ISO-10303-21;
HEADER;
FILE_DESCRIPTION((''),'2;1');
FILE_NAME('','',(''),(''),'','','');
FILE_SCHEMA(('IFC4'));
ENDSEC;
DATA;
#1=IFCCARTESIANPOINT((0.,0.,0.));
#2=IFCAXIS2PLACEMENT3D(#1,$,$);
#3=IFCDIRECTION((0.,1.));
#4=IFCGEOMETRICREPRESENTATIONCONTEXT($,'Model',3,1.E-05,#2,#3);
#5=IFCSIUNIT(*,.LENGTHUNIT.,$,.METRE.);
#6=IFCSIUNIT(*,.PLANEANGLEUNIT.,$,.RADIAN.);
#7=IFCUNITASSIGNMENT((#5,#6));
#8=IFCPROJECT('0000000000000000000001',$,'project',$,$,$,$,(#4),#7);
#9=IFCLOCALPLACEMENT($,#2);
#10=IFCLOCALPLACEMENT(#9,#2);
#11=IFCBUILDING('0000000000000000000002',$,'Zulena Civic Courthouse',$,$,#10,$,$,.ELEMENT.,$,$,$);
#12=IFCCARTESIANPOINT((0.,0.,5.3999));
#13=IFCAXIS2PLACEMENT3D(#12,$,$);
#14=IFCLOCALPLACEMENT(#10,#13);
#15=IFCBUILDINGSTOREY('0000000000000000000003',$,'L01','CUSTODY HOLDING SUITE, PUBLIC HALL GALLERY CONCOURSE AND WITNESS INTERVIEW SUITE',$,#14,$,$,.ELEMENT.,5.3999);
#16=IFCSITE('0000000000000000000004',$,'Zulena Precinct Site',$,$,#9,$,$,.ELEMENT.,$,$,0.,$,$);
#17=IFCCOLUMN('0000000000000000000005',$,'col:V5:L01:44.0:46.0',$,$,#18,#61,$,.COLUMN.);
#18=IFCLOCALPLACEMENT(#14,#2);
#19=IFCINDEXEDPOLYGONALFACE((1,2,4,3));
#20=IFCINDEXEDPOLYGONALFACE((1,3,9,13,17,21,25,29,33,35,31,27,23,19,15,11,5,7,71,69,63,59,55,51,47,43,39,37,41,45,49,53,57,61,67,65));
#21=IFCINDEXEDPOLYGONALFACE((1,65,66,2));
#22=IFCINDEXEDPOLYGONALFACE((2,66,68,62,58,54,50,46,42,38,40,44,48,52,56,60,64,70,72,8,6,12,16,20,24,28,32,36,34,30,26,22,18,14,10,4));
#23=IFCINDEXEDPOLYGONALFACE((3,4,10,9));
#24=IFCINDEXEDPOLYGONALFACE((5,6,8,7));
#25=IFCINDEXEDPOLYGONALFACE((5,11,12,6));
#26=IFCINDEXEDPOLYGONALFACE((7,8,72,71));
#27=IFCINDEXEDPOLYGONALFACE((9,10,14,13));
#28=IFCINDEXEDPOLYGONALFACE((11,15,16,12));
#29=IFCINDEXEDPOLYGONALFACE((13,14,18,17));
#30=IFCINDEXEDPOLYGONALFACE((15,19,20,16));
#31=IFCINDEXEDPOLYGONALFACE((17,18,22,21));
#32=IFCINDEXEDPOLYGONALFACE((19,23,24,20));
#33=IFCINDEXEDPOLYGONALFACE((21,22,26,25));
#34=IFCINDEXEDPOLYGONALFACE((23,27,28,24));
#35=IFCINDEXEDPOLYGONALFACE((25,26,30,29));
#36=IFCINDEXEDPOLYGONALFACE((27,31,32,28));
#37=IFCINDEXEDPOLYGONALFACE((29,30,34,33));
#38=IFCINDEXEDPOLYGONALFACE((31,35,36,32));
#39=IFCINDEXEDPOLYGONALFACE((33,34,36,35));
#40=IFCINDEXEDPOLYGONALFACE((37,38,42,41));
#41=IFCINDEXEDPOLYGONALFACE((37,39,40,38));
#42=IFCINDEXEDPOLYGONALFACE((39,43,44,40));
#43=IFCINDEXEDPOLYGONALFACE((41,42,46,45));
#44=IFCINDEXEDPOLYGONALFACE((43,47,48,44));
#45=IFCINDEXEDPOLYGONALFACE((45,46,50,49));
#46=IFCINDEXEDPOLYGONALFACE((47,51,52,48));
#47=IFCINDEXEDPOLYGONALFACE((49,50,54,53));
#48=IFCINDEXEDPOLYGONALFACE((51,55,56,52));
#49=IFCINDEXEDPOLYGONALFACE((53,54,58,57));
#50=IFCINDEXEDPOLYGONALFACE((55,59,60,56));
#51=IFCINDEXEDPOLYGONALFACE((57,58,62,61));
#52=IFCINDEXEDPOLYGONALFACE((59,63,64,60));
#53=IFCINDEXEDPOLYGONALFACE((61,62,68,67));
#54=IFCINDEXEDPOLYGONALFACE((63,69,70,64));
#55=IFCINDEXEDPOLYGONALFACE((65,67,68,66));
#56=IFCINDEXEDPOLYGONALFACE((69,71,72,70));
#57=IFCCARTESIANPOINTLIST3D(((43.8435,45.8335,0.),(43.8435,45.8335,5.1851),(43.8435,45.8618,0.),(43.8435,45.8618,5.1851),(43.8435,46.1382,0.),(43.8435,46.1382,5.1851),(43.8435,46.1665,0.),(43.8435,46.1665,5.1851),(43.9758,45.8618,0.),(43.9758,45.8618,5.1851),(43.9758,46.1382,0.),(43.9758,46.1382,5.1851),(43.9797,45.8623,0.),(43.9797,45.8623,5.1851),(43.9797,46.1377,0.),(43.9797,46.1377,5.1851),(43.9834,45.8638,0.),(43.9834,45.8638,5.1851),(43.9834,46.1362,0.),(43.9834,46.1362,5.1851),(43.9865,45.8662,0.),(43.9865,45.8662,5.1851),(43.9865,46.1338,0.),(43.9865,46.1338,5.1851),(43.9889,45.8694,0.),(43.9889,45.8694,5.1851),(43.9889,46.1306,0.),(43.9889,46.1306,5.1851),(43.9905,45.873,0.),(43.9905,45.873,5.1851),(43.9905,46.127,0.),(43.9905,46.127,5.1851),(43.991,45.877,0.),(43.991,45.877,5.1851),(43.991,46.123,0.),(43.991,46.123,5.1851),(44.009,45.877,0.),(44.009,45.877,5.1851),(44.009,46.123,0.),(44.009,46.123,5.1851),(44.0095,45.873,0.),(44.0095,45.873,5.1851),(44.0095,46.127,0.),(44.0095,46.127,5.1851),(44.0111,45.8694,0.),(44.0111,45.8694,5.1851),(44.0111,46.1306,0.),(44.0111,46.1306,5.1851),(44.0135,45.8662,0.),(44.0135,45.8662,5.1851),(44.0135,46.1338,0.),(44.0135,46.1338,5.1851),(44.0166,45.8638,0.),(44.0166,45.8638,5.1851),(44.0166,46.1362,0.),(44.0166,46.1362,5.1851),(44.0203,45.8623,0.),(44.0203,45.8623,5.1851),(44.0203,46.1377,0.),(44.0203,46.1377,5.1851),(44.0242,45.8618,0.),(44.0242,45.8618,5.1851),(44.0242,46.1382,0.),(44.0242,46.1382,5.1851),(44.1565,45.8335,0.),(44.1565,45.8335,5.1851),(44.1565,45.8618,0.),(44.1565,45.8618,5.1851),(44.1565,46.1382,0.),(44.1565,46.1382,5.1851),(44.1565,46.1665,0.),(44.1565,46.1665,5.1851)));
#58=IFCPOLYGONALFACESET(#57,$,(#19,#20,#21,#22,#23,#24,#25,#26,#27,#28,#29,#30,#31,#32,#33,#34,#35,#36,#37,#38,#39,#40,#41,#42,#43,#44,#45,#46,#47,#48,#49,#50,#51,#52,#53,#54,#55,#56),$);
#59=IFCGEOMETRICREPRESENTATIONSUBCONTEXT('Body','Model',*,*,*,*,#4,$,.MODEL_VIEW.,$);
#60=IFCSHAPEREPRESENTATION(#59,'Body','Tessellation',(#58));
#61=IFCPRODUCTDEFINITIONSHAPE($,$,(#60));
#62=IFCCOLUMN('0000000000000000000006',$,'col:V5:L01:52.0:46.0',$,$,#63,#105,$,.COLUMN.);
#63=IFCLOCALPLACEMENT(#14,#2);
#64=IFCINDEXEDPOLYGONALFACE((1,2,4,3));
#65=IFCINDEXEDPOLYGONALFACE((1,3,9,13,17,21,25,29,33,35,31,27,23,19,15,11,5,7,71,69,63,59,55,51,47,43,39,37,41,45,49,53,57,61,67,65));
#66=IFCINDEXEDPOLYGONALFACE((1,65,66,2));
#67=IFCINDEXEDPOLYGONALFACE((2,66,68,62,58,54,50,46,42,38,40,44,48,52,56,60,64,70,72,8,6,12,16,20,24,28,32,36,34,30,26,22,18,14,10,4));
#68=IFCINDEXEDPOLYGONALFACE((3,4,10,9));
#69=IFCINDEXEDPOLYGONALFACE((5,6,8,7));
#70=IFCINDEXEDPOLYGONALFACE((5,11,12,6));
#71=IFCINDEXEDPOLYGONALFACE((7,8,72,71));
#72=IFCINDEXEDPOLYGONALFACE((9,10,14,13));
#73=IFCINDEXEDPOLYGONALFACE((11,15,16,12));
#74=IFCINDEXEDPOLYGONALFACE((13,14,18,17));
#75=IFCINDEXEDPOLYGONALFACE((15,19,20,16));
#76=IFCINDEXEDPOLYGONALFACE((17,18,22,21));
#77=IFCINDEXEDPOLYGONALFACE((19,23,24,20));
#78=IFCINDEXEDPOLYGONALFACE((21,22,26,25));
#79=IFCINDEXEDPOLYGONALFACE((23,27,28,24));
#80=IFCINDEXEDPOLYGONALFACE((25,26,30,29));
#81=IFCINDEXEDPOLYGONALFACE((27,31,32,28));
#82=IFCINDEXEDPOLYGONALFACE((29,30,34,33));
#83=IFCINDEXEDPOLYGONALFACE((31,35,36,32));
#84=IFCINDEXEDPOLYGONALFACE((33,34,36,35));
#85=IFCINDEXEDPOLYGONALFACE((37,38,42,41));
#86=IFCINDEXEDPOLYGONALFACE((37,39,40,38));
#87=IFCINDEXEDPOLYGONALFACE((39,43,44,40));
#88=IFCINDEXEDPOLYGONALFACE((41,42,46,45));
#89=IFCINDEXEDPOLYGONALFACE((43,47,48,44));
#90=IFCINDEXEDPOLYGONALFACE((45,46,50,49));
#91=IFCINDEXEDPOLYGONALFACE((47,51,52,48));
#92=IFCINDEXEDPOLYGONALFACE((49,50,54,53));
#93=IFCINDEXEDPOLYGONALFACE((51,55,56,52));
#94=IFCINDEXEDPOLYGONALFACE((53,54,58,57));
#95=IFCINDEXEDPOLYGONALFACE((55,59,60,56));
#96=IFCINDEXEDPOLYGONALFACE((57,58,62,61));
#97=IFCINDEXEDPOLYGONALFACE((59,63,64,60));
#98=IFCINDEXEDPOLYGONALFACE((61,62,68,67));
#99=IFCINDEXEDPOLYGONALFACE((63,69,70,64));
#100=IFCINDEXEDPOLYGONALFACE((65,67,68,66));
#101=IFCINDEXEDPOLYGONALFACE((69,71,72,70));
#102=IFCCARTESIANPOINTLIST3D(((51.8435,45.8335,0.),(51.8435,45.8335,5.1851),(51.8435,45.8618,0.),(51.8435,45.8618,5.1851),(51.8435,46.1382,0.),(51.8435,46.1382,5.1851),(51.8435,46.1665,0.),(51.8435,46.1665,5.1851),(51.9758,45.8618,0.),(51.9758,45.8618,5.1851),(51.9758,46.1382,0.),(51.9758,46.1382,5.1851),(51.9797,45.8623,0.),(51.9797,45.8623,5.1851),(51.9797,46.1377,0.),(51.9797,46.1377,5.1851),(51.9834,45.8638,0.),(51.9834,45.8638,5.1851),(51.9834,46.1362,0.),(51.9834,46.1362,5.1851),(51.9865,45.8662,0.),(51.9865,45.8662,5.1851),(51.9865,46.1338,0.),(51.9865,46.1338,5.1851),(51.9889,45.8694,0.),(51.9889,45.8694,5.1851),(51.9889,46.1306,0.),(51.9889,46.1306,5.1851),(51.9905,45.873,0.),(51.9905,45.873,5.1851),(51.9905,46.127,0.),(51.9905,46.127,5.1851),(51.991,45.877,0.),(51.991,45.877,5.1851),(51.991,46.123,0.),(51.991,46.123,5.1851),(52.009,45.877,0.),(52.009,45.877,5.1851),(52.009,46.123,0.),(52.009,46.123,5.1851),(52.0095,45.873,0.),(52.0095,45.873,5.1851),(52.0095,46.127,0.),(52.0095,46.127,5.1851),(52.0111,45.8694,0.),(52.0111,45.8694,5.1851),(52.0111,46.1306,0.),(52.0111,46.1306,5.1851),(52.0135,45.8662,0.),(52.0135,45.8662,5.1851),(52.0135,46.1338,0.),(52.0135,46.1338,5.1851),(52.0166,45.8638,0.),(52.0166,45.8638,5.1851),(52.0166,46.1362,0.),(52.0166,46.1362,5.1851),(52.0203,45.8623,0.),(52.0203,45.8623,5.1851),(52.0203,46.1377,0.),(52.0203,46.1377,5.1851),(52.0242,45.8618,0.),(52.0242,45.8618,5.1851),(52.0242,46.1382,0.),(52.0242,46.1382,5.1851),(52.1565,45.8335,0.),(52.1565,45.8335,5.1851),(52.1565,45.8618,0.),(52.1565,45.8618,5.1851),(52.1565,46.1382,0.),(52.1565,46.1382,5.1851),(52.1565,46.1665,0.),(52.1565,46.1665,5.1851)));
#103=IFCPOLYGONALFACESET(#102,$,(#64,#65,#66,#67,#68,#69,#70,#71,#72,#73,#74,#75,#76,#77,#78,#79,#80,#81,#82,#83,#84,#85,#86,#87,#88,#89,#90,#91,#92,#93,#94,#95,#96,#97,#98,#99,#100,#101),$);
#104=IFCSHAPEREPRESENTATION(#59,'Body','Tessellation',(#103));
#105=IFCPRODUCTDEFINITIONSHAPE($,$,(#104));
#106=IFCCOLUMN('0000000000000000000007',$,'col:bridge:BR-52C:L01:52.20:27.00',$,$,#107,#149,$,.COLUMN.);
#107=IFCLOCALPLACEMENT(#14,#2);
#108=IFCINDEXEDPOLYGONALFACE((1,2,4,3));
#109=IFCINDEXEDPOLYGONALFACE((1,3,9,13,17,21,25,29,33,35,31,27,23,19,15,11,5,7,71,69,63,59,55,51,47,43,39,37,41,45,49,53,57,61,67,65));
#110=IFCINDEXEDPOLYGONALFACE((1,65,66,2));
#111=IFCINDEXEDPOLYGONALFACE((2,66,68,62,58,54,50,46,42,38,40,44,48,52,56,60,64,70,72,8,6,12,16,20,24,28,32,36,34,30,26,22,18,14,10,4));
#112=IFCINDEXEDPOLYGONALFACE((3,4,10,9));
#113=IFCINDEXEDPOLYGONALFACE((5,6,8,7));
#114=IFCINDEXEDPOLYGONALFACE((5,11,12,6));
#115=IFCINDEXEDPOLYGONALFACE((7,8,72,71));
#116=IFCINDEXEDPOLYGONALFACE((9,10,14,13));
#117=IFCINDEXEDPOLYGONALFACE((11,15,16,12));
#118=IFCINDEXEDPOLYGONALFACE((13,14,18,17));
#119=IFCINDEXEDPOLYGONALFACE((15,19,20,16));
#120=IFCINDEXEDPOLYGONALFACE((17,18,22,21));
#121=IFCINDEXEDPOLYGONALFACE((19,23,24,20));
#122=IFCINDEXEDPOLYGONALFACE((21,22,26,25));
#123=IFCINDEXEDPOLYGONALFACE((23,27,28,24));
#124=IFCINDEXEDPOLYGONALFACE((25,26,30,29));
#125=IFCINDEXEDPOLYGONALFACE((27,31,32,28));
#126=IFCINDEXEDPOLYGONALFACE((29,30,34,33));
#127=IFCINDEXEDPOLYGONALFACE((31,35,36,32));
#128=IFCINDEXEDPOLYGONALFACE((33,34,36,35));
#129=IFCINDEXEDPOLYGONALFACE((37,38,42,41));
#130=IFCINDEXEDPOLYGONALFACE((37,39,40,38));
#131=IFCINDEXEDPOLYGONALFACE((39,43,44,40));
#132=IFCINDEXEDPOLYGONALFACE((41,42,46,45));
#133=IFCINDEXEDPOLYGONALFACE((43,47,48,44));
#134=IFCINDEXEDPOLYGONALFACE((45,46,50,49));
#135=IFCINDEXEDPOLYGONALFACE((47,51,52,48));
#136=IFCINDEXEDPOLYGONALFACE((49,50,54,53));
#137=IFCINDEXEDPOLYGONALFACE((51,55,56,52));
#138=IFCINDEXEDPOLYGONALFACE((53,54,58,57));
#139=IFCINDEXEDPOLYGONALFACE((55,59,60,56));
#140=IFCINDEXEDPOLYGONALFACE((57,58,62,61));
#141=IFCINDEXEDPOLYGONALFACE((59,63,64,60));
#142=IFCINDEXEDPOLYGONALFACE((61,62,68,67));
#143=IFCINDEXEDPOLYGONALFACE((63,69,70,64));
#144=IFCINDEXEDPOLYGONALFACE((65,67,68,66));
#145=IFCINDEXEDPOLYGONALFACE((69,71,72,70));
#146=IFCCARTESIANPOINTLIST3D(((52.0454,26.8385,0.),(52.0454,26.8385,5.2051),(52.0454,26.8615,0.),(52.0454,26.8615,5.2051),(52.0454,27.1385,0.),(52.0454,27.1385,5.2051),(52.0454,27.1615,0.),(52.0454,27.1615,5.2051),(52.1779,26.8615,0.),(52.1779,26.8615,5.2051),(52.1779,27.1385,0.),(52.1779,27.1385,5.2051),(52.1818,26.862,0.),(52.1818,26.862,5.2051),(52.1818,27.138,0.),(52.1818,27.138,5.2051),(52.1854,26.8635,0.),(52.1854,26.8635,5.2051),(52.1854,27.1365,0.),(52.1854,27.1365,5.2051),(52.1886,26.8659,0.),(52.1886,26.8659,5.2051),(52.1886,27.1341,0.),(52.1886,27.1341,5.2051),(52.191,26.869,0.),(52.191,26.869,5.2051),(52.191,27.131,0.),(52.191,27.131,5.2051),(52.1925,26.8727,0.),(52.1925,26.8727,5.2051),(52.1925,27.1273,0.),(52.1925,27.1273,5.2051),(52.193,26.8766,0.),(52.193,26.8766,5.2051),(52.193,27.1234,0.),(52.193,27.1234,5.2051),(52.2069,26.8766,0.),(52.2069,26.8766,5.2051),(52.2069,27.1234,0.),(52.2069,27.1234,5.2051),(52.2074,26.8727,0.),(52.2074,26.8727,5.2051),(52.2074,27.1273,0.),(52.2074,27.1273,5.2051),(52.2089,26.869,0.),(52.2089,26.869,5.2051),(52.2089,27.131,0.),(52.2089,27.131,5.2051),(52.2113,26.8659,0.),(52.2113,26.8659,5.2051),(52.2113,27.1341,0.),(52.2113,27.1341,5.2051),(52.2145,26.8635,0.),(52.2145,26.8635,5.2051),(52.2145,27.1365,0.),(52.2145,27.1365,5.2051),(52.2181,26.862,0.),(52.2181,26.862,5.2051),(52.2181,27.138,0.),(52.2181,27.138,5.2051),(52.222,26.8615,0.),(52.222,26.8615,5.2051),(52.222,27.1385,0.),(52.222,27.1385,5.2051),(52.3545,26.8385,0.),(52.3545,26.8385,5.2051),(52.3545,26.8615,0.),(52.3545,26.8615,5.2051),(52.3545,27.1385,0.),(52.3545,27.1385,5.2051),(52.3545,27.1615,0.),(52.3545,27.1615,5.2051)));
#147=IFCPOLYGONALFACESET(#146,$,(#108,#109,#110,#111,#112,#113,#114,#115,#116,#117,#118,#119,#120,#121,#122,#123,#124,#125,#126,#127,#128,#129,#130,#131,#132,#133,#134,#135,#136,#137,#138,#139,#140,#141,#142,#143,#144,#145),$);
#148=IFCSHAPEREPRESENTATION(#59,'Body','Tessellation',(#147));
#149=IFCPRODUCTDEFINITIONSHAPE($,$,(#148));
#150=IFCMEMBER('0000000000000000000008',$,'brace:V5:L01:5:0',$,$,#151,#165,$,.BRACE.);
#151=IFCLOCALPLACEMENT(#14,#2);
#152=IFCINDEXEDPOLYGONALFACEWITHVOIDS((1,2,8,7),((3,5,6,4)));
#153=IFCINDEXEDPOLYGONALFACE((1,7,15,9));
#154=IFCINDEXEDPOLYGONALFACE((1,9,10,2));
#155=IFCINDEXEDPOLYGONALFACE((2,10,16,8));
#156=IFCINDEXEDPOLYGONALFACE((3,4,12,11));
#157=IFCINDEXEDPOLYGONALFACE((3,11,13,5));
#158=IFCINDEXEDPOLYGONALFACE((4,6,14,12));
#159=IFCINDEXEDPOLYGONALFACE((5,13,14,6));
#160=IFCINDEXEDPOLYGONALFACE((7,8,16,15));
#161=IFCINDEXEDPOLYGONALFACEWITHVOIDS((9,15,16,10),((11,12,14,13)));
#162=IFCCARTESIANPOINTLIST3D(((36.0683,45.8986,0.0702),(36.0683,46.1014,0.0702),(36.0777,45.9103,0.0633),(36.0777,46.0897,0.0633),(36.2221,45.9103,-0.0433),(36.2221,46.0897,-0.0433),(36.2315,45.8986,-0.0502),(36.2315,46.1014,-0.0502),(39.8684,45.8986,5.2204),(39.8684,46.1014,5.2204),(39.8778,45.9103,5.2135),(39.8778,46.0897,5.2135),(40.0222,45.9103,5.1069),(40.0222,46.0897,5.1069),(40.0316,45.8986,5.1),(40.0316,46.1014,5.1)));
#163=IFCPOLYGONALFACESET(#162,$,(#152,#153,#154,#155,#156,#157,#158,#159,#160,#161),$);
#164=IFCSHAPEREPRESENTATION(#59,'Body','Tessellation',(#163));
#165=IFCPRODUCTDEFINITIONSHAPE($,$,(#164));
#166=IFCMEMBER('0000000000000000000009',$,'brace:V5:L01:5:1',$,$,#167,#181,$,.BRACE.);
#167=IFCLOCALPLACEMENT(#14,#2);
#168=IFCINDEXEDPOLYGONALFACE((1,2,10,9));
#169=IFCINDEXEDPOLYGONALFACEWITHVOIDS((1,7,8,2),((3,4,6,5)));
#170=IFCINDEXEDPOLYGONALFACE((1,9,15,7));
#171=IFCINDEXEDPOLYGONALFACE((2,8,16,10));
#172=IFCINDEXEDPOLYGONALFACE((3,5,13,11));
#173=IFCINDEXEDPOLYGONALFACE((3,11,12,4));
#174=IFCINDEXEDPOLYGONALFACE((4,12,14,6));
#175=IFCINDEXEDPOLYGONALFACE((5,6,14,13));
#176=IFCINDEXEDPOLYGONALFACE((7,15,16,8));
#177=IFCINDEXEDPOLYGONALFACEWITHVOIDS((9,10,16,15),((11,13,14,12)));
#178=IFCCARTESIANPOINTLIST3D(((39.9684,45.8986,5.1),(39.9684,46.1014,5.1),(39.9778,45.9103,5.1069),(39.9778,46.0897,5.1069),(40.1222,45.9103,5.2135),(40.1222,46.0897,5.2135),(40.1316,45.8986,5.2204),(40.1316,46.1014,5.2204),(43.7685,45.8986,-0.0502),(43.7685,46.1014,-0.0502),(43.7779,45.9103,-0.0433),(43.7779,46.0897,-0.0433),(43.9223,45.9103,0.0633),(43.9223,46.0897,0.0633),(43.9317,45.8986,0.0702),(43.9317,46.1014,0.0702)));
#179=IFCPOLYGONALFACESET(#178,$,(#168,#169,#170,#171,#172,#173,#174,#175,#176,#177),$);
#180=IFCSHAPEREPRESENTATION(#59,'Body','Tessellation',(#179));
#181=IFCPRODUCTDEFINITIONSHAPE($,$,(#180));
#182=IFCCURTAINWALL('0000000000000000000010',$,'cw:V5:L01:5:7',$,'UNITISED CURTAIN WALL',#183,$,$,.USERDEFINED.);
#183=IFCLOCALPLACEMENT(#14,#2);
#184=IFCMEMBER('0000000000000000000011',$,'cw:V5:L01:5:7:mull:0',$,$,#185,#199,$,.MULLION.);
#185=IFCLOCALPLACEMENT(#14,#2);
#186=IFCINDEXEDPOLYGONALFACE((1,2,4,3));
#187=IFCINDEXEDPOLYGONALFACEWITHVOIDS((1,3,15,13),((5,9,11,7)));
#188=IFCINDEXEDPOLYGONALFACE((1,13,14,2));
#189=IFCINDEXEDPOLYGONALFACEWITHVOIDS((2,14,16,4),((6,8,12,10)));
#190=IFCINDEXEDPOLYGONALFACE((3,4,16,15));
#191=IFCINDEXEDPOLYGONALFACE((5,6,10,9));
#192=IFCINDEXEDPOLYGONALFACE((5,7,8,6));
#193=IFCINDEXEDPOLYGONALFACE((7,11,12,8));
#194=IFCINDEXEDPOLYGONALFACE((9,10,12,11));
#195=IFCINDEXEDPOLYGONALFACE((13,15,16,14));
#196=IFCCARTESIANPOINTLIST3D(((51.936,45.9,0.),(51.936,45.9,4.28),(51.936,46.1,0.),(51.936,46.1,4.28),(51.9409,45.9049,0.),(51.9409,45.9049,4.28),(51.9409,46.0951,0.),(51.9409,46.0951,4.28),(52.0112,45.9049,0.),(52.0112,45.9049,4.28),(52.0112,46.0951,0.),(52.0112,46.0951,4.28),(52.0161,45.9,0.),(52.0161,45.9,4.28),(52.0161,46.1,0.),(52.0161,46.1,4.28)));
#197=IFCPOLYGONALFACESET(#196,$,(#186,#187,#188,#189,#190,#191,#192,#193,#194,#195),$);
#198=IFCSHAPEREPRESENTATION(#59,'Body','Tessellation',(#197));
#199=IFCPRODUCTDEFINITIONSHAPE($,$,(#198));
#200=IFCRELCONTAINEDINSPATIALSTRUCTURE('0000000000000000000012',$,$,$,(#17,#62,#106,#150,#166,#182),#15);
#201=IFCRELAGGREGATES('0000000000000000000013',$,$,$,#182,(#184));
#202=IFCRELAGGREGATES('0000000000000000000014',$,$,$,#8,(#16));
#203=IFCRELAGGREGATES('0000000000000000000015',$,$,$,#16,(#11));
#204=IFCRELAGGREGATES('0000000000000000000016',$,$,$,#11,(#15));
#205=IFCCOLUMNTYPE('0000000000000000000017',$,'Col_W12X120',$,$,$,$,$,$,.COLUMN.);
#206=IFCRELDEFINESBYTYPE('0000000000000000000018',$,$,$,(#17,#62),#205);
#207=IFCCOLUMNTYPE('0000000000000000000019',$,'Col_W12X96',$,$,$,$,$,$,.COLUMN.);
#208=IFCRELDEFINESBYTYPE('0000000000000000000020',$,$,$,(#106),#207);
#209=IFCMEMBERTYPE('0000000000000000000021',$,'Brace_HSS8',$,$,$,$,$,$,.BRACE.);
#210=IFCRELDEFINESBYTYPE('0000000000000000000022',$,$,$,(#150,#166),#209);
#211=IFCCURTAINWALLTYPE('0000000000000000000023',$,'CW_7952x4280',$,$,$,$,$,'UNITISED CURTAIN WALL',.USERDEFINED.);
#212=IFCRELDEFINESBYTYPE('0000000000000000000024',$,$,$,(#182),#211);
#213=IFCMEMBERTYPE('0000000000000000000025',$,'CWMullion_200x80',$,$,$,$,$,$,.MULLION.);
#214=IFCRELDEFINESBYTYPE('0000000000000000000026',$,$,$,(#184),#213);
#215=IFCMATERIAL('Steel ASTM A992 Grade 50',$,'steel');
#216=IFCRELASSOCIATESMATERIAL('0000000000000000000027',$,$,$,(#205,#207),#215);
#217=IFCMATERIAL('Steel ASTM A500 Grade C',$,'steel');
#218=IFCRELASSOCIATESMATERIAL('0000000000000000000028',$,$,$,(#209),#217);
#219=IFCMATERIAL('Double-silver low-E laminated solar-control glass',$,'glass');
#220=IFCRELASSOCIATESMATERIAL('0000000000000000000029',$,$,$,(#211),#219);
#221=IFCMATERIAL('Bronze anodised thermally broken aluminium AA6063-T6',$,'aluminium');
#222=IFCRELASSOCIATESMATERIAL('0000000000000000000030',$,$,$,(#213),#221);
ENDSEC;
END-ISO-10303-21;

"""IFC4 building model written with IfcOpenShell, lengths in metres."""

from ifc_helpers import new_model, si_unit, direction, frame, origin, origin_2d, place, context, subcontext, project, spatial, hollow_rectangle, i_section, extrude, material, material_profile, profile_set, type_object, element, aggregate, save


model = new_model("IFC4")

# Units and contexts
model_context = context("Model", 3, precision=1e-05, world=origin(), true_north=direction((0.0, 1.0)))
body_context = subcontext(model_context, "Body", "Model", "MODEL_VIEW")
ifc_project = project(units=[si_unit("LENGTHUNIT", "METRE"), si_unit("PLANEANGLEUNIT", "RADIAN")], contexts=[model_context])

# Site, building, storey
site_placement = place(None, origin())
site = spatial("IfcSite", under=ifc_project, at=site_placement, Name="Zulena Precinct Site", CompositionType="ELEMENT", RefElevation=0.0)
building_placement = place(site_placement, origin())
building = spatial("IfcBuilding", under=site, at=building_placement, Name="Zulena Civic Courthouse", CompositionType="ELEMENT")
storey_placement = place(building_placement, frame((0.0, 0.0, 5.3999)))
storey = spatial("IfcBuildingStorey", under=building, at=storey_placement, Name="L01", Description="CUSTODY HOLDING SUITE, PUBLIC HALL GALLERY CONCOURSE AND WITNESS INTERVIEW SUITE", CompositionType="ELEMENT", Elevation=5.3999)

# Columns
ifc_material_1 = material(Name="Steel ASTM A992 Grade 50", Category="steel")
ifc_material_profile_1 = material_profile(ifc_material_1, i_section(OverallWidth=0.313, OverallDepth=0.333, WebThickness=0.0181, FlangeThickness=0.0283, FilletRadius=0.0151, at=origin_2d()), Name="W12X120")
ifc_profile_set_1 = profile_set([ifc_material_profile_1], Name="Steel ASTM A992 Grade 50")
column_type_1 = type_object("IfcColumnType", Name="Col_W12X120", PredefinedType="COLUMN", material=ifc_profile_set_1)
for number, where, z_axis, x_axis, name in (
    (1, (44.0, 46.0, 0.0), (0.0, 0.0, 1.0), (1.0, 0.0, 0.0), "col:V5:L01:44.0:46.0"),
    (2, (52.0, 46.0, 0.0), (0.0, 0.0, 1.0), (1.0, 0.0, 0.0), "col:V5:L01:52.0:46.0"),
):
    element("IfcColumn", number, at=place(storey_placement, frame(where, z_axis=z_axis, x_axis=x_axis)), inside=storey, type_object=column_type_1, Name=name, PredefinedType="COLUMN", context=body_context, shape_type="SweptSolid", body=[
        extrude(i_section(OverallWidth=0.313, OverallDepth=0.333, WebThickness=0.0181, FlangeThickness=0.0283, FilletRadius=0.0151, at=origin_2d()), origin(), (0.0, 0.0, 1.0), 5.1851),
    ])
ifc_material_profile_2 = material_profile(ifc_material_1, i_section(OverallWidth=0.3091, OverallDepth=0.323, WebThickness=0.0139, FlangeThickness=0.0229, FilletRadius=0.0151, at=origin_2d()), Name="W12X96")
ifc_profile_set_2 = profile_set([ifc_material_profile_2], Name="Steel ASTM A992 Grade 50")
column_type_2 = type_object("IfcColumnType", Name="Col_W12X96", PredefinedType="COLUMN", material=ifc_profile_set_2)
column_placement = place(storey_placement, frame((52.2, 27.0, 0.0), z_axis=(0.0, 0.0, 1.0), x_axis=(1.0, 0.0, 0.0)))
element("IfcColumn", 3, at=column_placement, inside=storey, type_object=column_type_2, Name="col:bridge:BR-52C:L01:52.20:27.00", PredefinedType="COLUMN", context=body_context, shape_type="SweptSolid", body=[
    extrude(i_section(OverallWidth=0.3091, OverallDepth=0.323, WebThickness=0.0139, FlangeThickness=0.0229, FilletRadius=0.0151, at=origin_2d()), origin(), (0.0, 0.0, 1.0), 5.2051),
])

# Members
ifc_material_2 = material(Name="Steel ASTM A500 Grade C", Category="steel")
ifc_material_profile_3 = material_profile(ifc_material_2, hollow_rectangle(XDim=0.2029, YDim=0.2029, WallThickness=0.0117, at=origin_2d()), Name="HSS8X8X1/2")
ifc_profile_set_3 = profile_set([ifc_material_profile_3], Name="Steel ASTM A500 Grade C")
member_type_1 = type_object("IfcMemberType", Name="Brace_HSS8", PredefinedType="BRACE", material=ifc_profile_set_3)
for number, where, z_axis, x_axis, name in (
    (4, (36.1499, 46.0, 0.01), (0.593726, 0.0, 0.804667), (0.0, 1.0, 0.0), "brace:V5:L01:5:0"),
    (5, (43.8501, 46.0, 0.01), (-0.593726, 0.0, 0.804667), (0.0, -1.0, 0.0), "brace:V5:L01:5:1"),
):
    element("IfcMember", number, at=place(storey_placement, frame(where, z_axis=z_axis, x_axis=x_axis)), inside=storey, type_object=member_type_1, Name=name, PredefinedType="BRACE", context=body_context, shape_type="SweptSolid", body=[
        extrude(hollow_rectangle(XDim=0.2029, YDim=0.2029, WallThickness=0.0117, at=origin_2d()), origin(), (0.0, 0.0, 1.0), 6.4004),
    ])

# Curtain wall, member
ifc_material_3 = material(Name="Double-silver low-E laminated solar-control glass", Category="glass")
curtain_wall_type = type_object("IfcCurtainWallType", Name="CW_7952x4280", ElementType="UNITISED CURTAIN WALL", PredefinedType="USERDEFINED", material=ifc_material_3)
curtain_wall_placement = place(storey_placement, origin())
curtain_wall = element("IfcCurtainWall", 6, at=curtain_wall_placement, inside=storey, type_object=curtain_wall_type, Name="cw:V5:L01:5:7", ObjectType="UNITISED CURTAIN WALL", PredefinedType="USERDEFINED")
ifc_material_4 = material(Name="Bronze anodised thermally broken aluminium AA6063-T6", Category="aluminium")
ifc_material_profile_4 = material_profile(ifc_material_4, hollow_rectangle(XDim=0.0801, YDim=0.2, WallThickness=0.0049, at=origin_2d()), Name="CWM200X80X5")
ifc_profile_set_4 = profile_set([ifc_material_profile_4], Name="Bronze anodised thermally broken aluminium AA6063-T6")
member_type_2 = type_object("IfcMemberType", Name="CWMullion_200x80", PredefinedType="MULLION", material=ifc_profile_set_4)
member_1_placement = place(storey_placement, frame((51.9761, 46.0, 0.0), z_axis=(0.0, 0.0, 1.0), x_axis=(1.0, 0.0, 0.0)))
member_1 = element("IfcMember", 7, at=member_1_placement, type_object=member_type_2, Name="cw:V5:L01:5:7:mull:0", PredefinedType="MULLION", context=body_context, shape_type="SweptSolid", body=[
    extrude(hollow_rectangle(XDim=0.0801, YDim=0.2, WallThickness=0.0049, at=origin_2d()), origin(), (0.0, 0.0, 1.0), 4.28),
])

aggregate(curtain_wall, [member_1])

save(model, "model.ifc")
